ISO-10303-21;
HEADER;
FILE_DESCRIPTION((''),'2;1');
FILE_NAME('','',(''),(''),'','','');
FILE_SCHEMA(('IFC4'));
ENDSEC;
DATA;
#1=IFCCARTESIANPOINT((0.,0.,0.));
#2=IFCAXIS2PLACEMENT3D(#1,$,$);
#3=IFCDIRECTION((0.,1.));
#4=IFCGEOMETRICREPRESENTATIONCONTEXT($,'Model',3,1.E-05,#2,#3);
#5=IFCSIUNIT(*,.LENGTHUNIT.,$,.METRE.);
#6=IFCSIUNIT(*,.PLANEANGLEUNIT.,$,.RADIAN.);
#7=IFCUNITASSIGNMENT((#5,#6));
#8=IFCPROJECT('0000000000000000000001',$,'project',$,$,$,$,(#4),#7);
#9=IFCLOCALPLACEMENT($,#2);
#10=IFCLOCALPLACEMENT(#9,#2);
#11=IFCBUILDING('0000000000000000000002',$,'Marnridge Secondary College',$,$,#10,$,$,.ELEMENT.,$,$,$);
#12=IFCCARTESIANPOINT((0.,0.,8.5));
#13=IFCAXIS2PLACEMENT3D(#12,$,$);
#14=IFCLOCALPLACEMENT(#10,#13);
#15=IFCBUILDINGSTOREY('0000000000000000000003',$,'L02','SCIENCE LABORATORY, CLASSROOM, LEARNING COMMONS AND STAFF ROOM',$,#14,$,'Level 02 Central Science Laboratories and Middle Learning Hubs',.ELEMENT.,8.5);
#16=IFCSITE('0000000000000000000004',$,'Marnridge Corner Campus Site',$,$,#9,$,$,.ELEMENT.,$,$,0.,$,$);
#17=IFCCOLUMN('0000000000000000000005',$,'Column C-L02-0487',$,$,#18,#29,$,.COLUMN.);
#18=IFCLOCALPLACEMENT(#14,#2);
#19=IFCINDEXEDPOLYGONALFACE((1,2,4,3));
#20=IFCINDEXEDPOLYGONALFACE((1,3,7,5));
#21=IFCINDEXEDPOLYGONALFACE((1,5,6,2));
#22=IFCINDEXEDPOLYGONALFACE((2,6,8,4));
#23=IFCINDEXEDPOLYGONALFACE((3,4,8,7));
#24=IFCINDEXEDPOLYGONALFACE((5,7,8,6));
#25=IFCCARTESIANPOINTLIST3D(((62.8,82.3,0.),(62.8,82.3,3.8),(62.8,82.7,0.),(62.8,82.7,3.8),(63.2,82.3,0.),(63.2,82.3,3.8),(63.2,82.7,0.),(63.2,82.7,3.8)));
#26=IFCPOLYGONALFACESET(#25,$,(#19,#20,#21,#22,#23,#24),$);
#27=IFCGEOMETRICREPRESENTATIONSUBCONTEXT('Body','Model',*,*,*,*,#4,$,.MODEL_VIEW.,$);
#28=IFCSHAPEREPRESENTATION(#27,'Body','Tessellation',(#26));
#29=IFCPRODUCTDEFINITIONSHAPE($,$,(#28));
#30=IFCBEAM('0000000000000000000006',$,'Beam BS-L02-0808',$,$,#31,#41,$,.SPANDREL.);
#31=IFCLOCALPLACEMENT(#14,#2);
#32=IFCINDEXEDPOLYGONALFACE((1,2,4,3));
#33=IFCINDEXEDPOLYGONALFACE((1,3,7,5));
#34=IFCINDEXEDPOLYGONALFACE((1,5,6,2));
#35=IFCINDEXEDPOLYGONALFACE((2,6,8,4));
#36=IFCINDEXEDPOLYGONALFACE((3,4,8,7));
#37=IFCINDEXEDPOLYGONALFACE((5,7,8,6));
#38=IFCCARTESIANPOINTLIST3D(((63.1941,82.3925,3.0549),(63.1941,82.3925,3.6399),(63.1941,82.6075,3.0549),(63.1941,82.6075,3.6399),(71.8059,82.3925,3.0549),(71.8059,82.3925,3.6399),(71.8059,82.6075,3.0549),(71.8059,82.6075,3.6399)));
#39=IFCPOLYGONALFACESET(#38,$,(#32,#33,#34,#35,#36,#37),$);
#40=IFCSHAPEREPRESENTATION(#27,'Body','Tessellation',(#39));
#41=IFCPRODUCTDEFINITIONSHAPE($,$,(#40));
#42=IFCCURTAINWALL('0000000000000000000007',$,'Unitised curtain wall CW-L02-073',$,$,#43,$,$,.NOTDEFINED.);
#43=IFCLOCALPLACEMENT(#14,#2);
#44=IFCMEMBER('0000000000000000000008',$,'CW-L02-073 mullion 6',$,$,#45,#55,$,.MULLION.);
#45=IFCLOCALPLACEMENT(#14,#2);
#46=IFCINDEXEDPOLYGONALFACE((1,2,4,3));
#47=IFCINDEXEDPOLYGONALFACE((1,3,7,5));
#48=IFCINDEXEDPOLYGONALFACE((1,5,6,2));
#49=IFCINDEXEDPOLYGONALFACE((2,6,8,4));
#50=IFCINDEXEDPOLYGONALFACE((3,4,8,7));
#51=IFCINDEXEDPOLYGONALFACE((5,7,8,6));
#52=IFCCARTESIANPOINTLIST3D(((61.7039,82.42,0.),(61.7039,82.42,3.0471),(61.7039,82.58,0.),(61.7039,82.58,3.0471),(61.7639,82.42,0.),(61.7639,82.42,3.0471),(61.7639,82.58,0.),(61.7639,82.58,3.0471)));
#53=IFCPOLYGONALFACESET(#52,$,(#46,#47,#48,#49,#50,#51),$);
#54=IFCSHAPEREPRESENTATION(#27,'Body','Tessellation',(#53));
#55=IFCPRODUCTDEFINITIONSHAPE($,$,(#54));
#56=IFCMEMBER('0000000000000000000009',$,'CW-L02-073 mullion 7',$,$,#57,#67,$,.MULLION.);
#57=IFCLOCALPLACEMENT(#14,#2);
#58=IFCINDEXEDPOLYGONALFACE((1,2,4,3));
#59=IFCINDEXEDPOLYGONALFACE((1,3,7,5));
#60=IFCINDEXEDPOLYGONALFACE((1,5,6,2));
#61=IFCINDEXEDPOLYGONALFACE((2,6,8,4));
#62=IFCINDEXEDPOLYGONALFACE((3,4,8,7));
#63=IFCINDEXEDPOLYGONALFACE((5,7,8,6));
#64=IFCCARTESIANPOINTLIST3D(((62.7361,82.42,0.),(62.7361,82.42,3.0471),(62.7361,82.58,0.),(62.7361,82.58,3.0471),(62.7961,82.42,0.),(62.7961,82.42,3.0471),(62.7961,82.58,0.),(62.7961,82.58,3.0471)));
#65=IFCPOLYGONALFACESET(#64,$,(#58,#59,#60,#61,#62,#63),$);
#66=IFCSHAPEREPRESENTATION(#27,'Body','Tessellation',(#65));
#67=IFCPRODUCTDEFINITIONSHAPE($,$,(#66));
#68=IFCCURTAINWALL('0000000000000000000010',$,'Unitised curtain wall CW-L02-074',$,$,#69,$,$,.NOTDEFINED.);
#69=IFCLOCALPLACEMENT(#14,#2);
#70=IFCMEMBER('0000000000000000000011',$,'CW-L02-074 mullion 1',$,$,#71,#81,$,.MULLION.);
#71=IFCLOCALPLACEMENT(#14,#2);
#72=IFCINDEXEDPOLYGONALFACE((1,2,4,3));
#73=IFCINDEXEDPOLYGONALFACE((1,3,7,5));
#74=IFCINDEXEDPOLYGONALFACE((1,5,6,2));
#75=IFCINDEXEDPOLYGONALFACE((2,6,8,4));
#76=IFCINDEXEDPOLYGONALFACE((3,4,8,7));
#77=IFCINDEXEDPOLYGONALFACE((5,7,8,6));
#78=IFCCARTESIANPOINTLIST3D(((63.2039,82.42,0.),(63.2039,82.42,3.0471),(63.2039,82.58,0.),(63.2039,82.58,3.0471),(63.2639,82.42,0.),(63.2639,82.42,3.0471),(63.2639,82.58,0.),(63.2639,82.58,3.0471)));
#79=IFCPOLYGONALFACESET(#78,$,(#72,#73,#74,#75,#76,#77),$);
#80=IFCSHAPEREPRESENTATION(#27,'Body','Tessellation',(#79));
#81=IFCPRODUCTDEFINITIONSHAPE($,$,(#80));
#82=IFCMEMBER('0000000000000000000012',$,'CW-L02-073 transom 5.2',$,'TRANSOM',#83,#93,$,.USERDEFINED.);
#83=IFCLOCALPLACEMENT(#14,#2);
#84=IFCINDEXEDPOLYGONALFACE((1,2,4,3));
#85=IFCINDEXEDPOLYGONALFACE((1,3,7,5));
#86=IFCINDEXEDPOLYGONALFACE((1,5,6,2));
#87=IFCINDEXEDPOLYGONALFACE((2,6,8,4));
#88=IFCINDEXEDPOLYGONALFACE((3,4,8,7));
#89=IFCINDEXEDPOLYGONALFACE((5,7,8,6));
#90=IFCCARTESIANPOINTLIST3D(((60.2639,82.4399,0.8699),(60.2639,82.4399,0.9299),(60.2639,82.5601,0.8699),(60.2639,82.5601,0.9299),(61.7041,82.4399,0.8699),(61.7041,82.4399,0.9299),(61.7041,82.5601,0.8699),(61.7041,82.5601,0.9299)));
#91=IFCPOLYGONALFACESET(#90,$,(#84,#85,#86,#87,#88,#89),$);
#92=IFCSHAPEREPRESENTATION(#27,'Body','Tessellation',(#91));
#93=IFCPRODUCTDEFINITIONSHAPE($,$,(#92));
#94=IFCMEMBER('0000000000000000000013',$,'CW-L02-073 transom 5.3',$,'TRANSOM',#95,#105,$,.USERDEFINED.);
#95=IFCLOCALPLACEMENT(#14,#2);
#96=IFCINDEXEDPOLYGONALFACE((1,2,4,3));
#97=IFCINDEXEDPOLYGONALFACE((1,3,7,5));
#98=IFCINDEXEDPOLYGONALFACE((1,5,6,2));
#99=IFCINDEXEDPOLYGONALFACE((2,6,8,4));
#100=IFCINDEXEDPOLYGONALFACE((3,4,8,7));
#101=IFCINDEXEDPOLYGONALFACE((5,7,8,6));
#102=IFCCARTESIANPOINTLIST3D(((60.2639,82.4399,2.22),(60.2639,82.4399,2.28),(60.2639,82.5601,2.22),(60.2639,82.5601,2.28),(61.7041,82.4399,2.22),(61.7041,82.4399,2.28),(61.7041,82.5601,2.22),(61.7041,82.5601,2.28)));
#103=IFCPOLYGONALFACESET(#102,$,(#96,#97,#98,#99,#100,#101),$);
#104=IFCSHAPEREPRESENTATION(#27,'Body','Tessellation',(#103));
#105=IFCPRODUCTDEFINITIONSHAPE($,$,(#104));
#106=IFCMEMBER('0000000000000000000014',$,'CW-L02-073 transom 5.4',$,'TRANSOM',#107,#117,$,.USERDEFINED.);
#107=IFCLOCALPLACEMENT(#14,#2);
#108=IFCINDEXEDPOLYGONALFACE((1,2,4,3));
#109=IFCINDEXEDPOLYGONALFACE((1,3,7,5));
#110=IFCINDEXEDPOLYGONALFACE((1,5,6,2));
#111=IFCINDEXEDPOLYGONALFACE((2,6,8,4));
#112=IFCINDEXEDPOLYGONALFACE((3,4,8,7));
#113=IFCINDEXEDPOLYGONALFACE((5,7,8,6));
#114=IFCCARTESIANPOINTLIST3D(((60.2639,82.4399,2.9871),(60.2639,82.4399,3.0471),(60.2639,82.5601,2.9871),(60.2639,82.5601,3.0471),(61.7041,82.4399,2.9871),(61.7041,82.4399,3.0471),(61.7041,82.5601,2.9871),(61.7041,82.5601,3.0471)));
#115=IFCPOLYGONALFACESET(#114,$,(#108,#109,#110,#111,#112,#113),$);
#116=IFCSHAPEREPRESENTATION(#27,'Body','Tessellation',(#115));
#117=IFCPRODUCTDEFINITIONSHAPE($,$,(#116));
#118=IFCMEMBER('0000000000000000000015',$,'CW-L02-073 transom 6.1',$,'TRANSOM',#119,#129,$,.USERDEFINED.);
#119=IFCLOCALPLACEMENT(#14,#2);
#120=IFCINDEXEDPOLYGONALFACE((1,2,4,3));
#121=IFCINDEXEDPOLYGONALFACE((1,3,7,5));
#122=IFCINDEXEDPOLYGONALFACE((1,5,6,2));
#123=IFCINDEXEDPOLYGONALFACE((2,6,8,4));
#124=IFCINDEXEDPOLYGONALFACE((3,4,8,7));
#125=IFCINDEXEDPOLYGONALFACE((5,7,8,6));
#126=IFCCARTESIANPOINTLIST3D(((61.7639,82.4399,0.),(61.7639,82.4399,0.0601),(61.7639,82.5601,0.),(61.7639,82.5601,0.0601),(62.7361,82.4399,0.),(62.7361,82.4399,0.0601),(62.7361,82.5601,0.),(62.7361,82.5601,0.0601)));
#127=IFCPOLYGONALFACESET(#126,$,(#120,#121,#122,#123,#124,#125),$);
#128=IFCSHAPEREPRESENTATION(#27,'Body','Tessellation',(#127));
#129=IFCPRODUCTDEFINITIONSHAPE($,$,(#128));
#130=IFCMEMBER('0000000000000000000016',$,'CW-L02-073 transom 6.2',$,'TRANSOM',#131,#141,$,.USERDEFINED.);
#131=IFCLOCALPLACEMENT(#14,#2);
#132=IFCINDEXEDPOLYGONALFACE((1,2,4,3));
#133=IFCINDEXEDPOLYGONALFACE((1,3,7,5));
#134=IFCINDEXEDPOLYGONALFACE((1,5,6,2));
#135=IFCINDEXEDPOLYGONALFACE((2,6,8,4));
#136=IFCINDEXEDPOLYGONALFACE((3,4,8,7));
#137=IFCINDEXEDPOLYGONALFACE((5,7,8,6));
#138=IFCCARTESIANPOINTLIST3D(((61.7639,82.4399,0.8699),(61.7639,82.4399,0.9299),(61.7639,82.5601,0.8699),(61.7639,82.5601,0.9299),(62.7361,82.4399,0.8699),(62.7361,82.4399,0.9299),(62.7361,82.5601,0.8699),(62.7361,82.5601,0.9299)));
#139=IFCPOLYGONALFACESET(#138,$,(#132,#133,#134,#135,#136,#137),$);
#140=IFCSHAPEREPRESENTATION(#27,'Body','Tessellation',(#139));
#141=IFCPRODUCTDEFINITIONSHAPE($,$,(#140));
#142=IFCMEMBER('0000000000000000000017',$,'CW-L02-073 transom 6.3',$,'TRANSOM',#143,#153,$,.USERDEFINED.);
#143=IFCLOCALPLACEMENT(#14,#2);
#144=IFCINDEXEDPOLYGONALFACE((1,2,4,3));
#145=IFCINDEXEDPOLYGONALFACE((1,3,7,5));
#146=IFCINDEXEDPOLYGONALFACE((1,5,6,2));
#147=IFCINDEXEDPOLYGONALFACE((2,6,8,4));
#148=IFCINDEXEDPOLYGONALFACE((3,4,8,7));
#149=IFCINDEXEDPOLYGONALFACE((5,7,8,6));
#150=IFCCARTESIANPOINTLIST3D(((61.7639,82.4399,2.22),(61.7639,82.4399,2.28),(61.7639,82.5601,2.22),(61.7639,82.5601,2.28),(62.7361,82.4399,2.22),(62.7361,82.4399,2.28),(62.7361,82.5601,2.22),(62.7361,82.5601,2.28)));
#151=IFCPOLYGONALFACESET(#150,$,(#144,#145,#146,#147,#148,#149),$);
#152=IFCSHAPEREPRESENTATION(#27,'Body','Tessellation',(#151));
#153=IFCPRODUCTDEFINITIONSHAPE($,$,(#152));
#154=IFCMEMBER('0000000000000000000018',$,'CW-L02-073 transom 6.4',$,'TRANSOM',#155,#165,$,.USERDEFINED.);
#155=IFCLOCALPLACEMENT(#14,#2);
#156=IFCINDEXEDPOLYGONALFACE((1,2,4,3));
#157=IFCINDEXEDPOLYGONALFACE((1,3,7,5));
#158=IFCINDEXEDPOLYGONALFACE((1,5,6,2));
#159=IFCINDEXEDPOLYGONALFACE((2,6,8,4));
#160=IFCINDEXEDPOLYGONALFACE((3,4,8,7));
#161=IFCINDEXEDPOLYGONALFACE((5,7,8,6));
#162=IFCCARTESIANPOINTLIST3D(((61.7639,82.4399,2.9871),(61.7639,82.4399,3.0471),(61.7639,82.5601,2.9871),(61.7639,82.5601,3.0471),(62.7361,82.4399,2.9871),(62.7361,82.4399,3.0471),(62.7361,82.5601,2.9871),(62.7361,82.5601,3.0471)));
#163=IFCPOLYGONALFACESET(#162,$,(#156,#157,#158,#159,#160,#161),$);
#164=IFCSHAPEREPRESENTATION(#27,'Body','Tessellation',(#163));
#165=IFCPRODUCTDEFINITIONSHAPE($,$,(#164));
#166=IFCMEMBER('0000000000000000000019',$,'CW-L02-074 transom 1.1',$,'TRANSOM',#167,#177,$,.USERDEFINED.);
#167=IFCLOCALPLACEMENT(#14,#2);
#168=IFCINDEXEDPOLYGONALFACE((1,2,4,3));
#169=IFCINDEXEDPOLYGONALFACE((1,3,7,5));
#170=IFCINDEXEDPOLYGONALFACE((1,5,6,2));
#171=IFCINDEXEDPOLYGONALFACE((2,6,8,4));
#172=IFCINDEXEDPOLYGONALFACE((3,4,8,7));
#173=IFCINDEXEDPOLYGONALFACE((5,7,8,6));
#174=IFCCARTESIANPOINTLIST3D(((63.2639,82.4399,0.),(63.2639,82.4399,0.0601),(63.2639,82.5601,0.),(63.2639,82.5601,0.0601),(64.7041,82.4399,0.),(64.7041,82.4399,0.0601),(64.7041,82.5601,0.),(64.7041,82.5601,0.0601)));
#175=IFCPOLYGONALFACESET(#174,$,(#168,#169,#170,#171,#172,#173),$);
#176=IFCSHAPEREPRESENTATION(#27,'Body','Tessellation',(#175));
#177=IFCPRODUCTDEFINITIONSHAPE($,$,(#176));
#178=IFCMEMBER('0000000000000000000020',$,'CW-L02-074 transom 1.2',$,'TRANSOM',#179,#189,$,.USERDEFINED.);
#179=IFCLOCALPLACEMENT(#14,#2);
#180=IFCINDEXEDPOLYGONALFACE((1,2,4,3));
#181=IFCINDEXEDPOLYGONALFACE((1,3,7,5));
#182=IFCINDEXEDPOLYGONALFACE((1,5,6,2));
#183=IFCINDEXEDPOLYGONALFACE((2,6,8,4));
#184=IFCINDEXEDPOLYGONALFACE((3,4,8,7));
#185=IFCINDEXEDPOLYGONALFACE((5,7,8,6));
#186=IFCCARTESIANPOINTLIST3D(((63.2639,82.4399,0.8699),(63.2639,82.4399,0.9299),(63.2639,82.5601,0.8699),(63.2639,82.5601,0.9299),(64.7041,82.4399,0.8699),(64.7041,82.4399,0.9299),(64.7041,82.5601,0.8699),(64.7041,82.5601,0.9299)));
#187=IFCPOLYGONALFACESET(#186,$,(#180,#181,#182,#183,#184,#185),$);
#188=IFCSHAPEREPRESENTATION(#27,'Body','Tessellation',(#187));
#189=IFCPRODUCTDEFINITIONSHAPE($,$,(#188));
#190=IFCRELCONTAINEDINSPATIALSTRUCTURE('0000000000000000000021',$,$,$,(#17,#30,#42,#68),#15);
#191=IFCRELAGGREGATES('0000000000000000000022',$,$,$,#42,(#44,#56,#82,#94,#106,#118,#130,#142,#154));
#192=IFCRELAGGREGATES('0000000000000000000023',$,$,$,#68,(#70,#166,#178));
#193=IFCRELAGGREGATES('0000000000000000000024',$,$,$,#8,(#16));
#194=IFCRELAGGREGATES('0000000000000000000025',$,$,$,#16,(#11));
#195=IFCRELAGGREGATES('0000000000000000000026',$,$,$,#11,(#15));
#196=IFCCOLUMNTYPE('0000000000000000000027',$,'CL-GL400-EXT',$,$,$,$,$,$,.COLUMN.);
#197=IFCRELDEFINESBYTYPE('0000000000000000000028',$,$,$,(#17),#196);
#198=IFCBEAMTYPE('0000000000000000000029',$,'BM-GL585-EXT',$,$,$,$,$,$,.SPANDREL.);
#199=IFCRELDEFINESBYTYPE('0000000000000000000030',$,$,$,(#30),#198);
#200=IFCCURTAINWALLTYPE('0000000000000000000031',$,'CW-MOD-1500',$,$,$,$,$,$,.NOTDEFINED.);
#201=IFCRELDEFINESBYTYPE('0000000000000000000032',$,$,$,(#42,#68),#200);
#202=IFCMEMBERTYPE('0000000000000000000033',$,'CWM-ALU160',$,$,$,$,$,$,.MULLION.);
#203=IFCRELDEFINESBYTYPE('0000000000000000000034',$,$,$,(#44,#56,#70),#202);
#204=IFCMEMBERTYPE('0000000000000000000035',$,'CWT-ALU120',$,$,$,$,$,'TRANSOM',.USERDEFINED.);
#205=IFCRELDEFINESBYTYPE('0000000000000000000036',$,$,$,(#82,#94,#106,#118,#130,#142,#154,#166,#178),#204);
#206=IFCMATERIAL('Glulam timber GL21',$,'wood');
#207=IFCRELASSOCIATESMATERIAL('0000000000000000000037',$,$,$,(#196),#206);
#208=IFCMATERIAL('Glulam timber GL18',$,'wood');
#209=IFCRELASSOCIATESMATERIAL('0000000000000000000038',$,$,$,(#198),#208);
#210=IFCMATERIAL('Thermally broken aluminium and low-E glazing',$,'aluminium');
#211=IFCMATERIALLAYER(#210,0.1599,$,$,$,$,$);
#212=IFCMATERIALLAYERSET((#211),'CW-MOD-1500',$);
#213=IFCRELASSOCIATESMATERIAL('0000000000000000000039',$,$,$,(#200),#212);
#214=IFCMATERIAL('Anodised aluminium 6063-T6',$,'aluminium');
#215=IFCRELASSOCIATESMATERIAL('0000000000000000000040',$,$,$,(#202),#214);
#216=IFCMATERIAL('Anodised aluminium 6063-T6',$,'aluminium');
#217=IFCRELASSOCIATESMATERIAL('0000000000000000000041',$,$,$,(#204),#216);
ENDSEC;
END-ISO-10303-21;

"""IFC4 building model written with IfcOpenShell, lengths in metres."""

from ifc_helpers import new_model, si_unit, direction, frame, origin, origin_2d, place, context, subcontext, project, spatial, rectangle, extrude, material, layer, layer_set, material_profile, profile_set, type_object, element, aggregate, save


model = new_model("IFC4")

# Units and contexts
model_context = context("Model", 3, precision=1e-05, world=origin(), true_north=direction((0.0, 1.0)))
body_context = subcontext(model_context, "Body", "Model", "MODEL_VIEW")
ifc_project = project(units=[si_unit("LENGTHUNIT", "METRE"), si_unit("PLANEANGLEUNIT", "RADIAN")], contexts=[model_context])

# Site, building, storey
site_placement = place(None, origin())
site = spatial("IfcSite", under=ifc_project, at=site_placement, Name="Marnridge Corner Campus Site", CompositionType="ELEMENT", RefElevation=0.0)
building_placement = place(site_placement, origin())
building = spatial("IfcBuilding", under=site, at=building_placement, Name="Marnridge Secondary College", CompositionType="ELEMENT")
storey_placement = place(building_placement, frame((0.0, 0.0, 8.5)))
storey = spatial("IfcBuildingStorey", under=building, at=storey_placement, Name="L02", Description="SCIENCE LABORATORY, CLASSROOM, LEARNING COMMONS AND STAFF ROOM", LongName="Level 02 Central Science Laboratories and Middle Learning Hubs", CompositionType="ELEMENT", Elevation=8.5)

# Column
ifc_material_1 = material(Name="Glulam timber GL21", Category="wood")
ifc_material_profile_1 = material_profile(ifc_material_1, rectangle(XDim=0.3999, YDim=0.3999, at=origin_2d()), Name="GL21 400x400")
ifc_profile_set_1 = profile_set([ifc_material_profile_1], Name="Glulam timber GL21")
column_type = type_object("IfcColumnType", Name="CL-GL400-EXT", PredefinedType="COLUMN", material=ifc_profile_set_1)
column_placement = place(storey_placement, frame((63.0, 82.5, 0.0), z_axis=(0.0, 0.0, 1.0), x_axis=(1.0, 0.0, 0.0)))
element("IfcColumn", 1, at=column_placement, inside=storey, type_object=column_type, Name="Column C-L02-0487", PredefinedType="COLUMN", context=body_context, shape_type="SweptSolid", body=[
    extrude(rectangle(XDim=0.3999, YDim=0.3999, at=origin_2d()), origin(), (0.0, 0.0, 1.0), 3.8),
])

# Beam
ifc_material_2 = material(Name="Glulam timber GL18", Category="wood")
ifc_material_profile_2 = material_profile(ifc_material_2, rectangle(XDim=0.2151, YDim=0.585, at=origin_2d()), Name="GL18 215x585")
ifc_profile_set_2 = profile_set([ifc_material_profile_2], Name="Glulam timber GL18")
beam_type = type_object("IfcBeamType", Name="BM-GL585-EXT", PredefinedType="SPANDREL", material=ifc_profile_set_2)
beam_placement = place(storey_placement, frame((63.1941, 82.5, 3.3474), z_axis=(1.0, 0.0, 0.0), x_axis=(0.0, 1.0, 0.0)))
element("IfcBeam", 2, at=beam_placement, inside=storey, type_object=beam_type, Name="Beam BS-L02-0808", PredefinedType="SPANDREL", context=body_context, shape_type="SweptSolid", body=[
    extrude(rectangle(XDim=0.2151, YDim=0.585, at=origin_2d()), origin(), (0.0, 0.0, 1.0), 8.6118),
])

# Curtain wall, members
ifc_material_3 = material(Name="Thermally broken aluminium and low-E glazing", Category="aluminium")
ifc_layer_1 = layer(ifc_material_3, 0.1599)
ifc_layer_set_1 = layer_set([ifc_layer_1], Name="CW-MOD-1500")
curtain_wall_type = type_object("IfcCurtainWallType", Name="CW-MOD-1500", PredefinedType="NOTDEFINED", material=ifc_layer_set_1)
curtain_wall_1_placement = place(storey_placement, origin())
curtain_wall_1 = element("IfcCurtainWall", 3, at=curtain_wall_1_placement, inside=storey, type_object=curtain_wall_type, Name="Unitised curtain wall CW-L02-073", PredefinedType="NOTDEFINED")
ifc_material_4 = material(Name="Anodised aluminium 6063-T6", Category="aluminium")
ifc_material_profile_3 = material_profile(ifc_material_4, rectangle(XDim=0.0601, YDim=0.1599, at=origin_2d()), Name="ALU 60x160")
ifc_profile_set_3 = profile_set([ifc_material_profile_3], Name="Anodised aluminium 6063-T6")
member_type_1 = type_object("IfcMemberType", Name="CWM-ALU160", PredefinedType="MULLION", material=ifc_profile_set_3)
member_1_placement = place(storey_placement, frame((61.7339, 82.5, 0.0), z_axis=(0.0, 0.0, 1.0), x_axis=(1.0, 0.0, 0.0)))
member_1 = element("IfcMember", 4, at=member_1_placement, type_object=member_type_1, Name="CW-L02-073 mullion 6", PredefinedType="MULLION", context=body_context, shape_type="SweptSolid", body=[
    extrude(rectangle(XDim=0.0601, YDim=0.1599, at=origin_2d()), origin(), (0.0, 0.0, 1.0), 3.0471),
])
member_2_placement = place(storey_placement, frame((62.7661, 82.5, 0.0), z_axis=(0.0, 0.0, 1.0), x_axis=(1.0, 0.0, 0.0)))
member_2 = element("IfcMember", 5, at=member_2_placement, type_object=member_type_1, Name="CW-L02-073 mullion 7", PredefinedType="MULLION", context=body_context, shape_type="SweptSolid", body=[
    extrude(rectangle(XDim=0.0601, YDim=0.1599, at=origin_2d()), origin(), (0.0, 0.0, 1.0), 3.0471),
])

# Curtain wall, member
curtain_wall_2_placement = place(storey_placement, origin())
curtain_wall_2 = element("IfcCurtainWall", 6, at=curtain_wall_2_placement, inside=storey, type_object=curtain_wall_type, Name="Unitised curtain wall CW-L02-074", PredefinedType="NOTDEFINED")
member_3_placement = place(storey_placement, frame((63.2339, 82.5, 0.0), z_axis=(0.0, 0.0, 1.0), x_axis=(1.0, 0.0, 0.0)))
member_3 = element("IfcMember", 7, at=member_3_placement, type_object=member_type_1, Name="CW-L02-074 mullion 1", PredefinedType="MULLION", context=body_context, shape_type="SweptSolid", body=[
    extrude(rectangle(XDim=0.0601, YDim=0.1599, at=origin_2d()), origin(), (0.0, 0.0, 1.0), 3.0471),
])

# Members
ifc_material_5 = material(Name="Anodised aluminium 6063-T6", Category="aluminium")
ifc_material_profile_4 = material_profile(ifc_material_5, rectangle(XDim=0.0601, YDim=0.1201, at=origin_2d()), Name="ALU 60x120")
ifc_profile_set_4 = profile_set([ifc_material_profile_4], Name="Anodised aluminium 6063-T6")
member_type_2 = type_object("IfcMemberType", Name="CWT-ALU120", ElementType="TRANSOM", PredefinedType="USERDEFINED", material=ifc_profile_set_4)
member_4_placement = place(storey_placement, frame((60.2639, 82.5, 0.8999), z_axis=(1.0, 0.0, 0.0), x_axis=(0.0, 0.0, 1.0)))
member_4 = element("IfcMember", 8, at=member_4_placement, type_object=member_type_2, Name="CW-L02-073 transom 5.2", ObjectType="TRANSOM", PredefinedType="USERDEFINED", context=body_context, shape_type="SweptSolid", body=[
    extrude(rectangle(XDim=0.0601, YDim=0.1201, at=origin_2d()), origin(), (0.0, 0.0, 1.0), 1.4402),
])
member_5_placement = place(storey_placement, frame((60.2639, 82.5, 2.25), z_axis=(1.0, 0.0, 0.0), x_axis=(0.0, 0.0, 1.0)))
member_5 = element("IfcMember", 9, at=member_5_placement, type_object=member_type_2, Name="CW-L02-073 transom 5.3", ObjectType="TRANSOM", PredefinedType="USERDEFINED", context=body_context, shape_type="SweptSolid", body=[
    extrude(rectangle(XDim=0.0601, YDim=0.1201, at=origin_2d()), origin(), (0.0, 0.0, 1.0), 1.4402),
])
member_6_placement = place(storey_placement, frame((60.2639, 82.5, 3.0171), z_axis=(1.0, 0.0, 0.0), x_axis=(0.0, 0.0, 1.0)))
member_6 = element("IfcMember", 10, at=member_6_placement, type_object=member_type_2, Name="CW-L02-073 transom 5.4", ObjectType="TRANSOM", PredefinedType="USERDEFINED", context=body_context, shape_type="SweptSolid", body=[
    extrude(rectangle(XDim=0.0601, YDim=0.1201, at=origin_2d()), origin(), (0.0, 0.0, 1.0), 1.4402),
])
member_7_placement = place(storey_placement, frame((61.7639, 82.5, 0.03), z_axis=(1.0, 0.0, 0.0), x_axis=(0.0, 0.0, 1.0)))
member_7 = element("IfcMember", 11, at=member_7_placement, type_object=member_type_2, Name="CW-L02-073 transom 6.1", ObjectType="TRANSOM", PredefinedType="USERDEFINED", context=body_context, shape_type="SweptSolid", body=[
    extrude(rectangle(XDim=0.0601, YDim=0.1201, at=origin_2d()), origin(), (0.0, 0.0, 1.0), 0.9722),
])
member_8_placement = place(storey_placement, frame((61.7639, 82.5, 0.8999), z_axis=(1.0, 0.0, 0.0), x_axis=(0.0, 0.0, 1.0)))
member_8 = element("IfcMember", 12, at=member_8_placement, type_object=member_type_2, Name="CW-L02-073 transom 6.2", ObjectType="TRANSOM", PredefinedType="USERDEFINED", context=body_context, shape_type="SweptSolid", body=[
    extrude(rectangle(XDim=0.0601, YDim=0.1201, at=origin_2d()), origin(), (0.0, 0.0, 1.0), 0.9722),
])
member_9_placement = place(storey_placement, frame((61.7639, 82.5, 2.25), z_axis=(1.0, 0.0, 0.0), x_axis=(0.0, 0.0, 1.0)))
member_9 = element("IfcMember", 13, at=member_9_placement, type_object=member_type_2, Name="CW-L02-073 transom 6.3", ObjectType="TRANSOM", PredefinedType="USERDEFINED", context=body_context, shape_type="SweptSolid", body=[
    extrude(rectangle(XDim=0.0601, YDim=0.1201, at=origin_2d()), origin(), (0.0, 0.0, 1.0), 0.9722),
])
member_10_placement = place(storey_placement, frame((61.7639, 82.5, 3.0171), z_axis=(1.0, 0.0, 0.0), x_axis=(0.0, 0.0, 1.0)))
member_10 = element("IfcMember", 14, at=member_10_placement, type_object=member_type_2, Name="CW-L02-073 transom 6.4", ObjectType="TRANSOM", PredefinedType="USERDEFINED", context=body_context, shape_type="SweptSolid", body=[
    extrude(rectangle(XDim=0.0601, YDim=0.1201, at=origin_2d()), origin(), (0.0, 0.0, 1.0), 0.9722),
])
member_11_placement = place(storey_placement, frame((63.2639, 82.5, 0.03), z_axis=(1.0, 0.0, 0.0), x_axis=(0.0, 0.0, 1.0)))
member_11 = element("IfcMember", 15, at=member_11_placement, type_object=member_type_2, Name="CW-L02-074 transom 1.1", ObjectType="TRANSOM", PredefinedType="USERDEFINED", context=body_context, shape_type="SweptSolid", body=[
    extrude(rectangle(XDim=0.0601, YDim=0.1201, at=origin_2d()), origin(), (0.0, 0.0, 1.0), 1.4402),
])
member_12_placement = place(storey_placement, frame((63.2639, 82.5, 0.8999), z_axis=(1.0, 0.0, 0.0), x_axis=(0.0, 0.0, 1.0)))
member_12 = element("IfcMember", 16, at=member_12_placement, type_object=member_type_2, Name="CW-L02-074 transom 1.2", ObjectType="TRANSOM", PredefinedType="USERDEFINED", context=body_context, shape_type="SweptSolid", body=[
    extrude(rectangle(XDim=0.0601, YDim=0.1201, at=origin_2d()), origin(), (0.0, 0.0, 1.0), 1.4402),
])

aggregate(curtain_wall_1, [member_1, member_2, member_4, member_5, member_6, member_7, member_8, member_9, member_10])
aggregate(curtain_wall_2, [member_3, member_11, member_12])

save(model, "model.ifc")
